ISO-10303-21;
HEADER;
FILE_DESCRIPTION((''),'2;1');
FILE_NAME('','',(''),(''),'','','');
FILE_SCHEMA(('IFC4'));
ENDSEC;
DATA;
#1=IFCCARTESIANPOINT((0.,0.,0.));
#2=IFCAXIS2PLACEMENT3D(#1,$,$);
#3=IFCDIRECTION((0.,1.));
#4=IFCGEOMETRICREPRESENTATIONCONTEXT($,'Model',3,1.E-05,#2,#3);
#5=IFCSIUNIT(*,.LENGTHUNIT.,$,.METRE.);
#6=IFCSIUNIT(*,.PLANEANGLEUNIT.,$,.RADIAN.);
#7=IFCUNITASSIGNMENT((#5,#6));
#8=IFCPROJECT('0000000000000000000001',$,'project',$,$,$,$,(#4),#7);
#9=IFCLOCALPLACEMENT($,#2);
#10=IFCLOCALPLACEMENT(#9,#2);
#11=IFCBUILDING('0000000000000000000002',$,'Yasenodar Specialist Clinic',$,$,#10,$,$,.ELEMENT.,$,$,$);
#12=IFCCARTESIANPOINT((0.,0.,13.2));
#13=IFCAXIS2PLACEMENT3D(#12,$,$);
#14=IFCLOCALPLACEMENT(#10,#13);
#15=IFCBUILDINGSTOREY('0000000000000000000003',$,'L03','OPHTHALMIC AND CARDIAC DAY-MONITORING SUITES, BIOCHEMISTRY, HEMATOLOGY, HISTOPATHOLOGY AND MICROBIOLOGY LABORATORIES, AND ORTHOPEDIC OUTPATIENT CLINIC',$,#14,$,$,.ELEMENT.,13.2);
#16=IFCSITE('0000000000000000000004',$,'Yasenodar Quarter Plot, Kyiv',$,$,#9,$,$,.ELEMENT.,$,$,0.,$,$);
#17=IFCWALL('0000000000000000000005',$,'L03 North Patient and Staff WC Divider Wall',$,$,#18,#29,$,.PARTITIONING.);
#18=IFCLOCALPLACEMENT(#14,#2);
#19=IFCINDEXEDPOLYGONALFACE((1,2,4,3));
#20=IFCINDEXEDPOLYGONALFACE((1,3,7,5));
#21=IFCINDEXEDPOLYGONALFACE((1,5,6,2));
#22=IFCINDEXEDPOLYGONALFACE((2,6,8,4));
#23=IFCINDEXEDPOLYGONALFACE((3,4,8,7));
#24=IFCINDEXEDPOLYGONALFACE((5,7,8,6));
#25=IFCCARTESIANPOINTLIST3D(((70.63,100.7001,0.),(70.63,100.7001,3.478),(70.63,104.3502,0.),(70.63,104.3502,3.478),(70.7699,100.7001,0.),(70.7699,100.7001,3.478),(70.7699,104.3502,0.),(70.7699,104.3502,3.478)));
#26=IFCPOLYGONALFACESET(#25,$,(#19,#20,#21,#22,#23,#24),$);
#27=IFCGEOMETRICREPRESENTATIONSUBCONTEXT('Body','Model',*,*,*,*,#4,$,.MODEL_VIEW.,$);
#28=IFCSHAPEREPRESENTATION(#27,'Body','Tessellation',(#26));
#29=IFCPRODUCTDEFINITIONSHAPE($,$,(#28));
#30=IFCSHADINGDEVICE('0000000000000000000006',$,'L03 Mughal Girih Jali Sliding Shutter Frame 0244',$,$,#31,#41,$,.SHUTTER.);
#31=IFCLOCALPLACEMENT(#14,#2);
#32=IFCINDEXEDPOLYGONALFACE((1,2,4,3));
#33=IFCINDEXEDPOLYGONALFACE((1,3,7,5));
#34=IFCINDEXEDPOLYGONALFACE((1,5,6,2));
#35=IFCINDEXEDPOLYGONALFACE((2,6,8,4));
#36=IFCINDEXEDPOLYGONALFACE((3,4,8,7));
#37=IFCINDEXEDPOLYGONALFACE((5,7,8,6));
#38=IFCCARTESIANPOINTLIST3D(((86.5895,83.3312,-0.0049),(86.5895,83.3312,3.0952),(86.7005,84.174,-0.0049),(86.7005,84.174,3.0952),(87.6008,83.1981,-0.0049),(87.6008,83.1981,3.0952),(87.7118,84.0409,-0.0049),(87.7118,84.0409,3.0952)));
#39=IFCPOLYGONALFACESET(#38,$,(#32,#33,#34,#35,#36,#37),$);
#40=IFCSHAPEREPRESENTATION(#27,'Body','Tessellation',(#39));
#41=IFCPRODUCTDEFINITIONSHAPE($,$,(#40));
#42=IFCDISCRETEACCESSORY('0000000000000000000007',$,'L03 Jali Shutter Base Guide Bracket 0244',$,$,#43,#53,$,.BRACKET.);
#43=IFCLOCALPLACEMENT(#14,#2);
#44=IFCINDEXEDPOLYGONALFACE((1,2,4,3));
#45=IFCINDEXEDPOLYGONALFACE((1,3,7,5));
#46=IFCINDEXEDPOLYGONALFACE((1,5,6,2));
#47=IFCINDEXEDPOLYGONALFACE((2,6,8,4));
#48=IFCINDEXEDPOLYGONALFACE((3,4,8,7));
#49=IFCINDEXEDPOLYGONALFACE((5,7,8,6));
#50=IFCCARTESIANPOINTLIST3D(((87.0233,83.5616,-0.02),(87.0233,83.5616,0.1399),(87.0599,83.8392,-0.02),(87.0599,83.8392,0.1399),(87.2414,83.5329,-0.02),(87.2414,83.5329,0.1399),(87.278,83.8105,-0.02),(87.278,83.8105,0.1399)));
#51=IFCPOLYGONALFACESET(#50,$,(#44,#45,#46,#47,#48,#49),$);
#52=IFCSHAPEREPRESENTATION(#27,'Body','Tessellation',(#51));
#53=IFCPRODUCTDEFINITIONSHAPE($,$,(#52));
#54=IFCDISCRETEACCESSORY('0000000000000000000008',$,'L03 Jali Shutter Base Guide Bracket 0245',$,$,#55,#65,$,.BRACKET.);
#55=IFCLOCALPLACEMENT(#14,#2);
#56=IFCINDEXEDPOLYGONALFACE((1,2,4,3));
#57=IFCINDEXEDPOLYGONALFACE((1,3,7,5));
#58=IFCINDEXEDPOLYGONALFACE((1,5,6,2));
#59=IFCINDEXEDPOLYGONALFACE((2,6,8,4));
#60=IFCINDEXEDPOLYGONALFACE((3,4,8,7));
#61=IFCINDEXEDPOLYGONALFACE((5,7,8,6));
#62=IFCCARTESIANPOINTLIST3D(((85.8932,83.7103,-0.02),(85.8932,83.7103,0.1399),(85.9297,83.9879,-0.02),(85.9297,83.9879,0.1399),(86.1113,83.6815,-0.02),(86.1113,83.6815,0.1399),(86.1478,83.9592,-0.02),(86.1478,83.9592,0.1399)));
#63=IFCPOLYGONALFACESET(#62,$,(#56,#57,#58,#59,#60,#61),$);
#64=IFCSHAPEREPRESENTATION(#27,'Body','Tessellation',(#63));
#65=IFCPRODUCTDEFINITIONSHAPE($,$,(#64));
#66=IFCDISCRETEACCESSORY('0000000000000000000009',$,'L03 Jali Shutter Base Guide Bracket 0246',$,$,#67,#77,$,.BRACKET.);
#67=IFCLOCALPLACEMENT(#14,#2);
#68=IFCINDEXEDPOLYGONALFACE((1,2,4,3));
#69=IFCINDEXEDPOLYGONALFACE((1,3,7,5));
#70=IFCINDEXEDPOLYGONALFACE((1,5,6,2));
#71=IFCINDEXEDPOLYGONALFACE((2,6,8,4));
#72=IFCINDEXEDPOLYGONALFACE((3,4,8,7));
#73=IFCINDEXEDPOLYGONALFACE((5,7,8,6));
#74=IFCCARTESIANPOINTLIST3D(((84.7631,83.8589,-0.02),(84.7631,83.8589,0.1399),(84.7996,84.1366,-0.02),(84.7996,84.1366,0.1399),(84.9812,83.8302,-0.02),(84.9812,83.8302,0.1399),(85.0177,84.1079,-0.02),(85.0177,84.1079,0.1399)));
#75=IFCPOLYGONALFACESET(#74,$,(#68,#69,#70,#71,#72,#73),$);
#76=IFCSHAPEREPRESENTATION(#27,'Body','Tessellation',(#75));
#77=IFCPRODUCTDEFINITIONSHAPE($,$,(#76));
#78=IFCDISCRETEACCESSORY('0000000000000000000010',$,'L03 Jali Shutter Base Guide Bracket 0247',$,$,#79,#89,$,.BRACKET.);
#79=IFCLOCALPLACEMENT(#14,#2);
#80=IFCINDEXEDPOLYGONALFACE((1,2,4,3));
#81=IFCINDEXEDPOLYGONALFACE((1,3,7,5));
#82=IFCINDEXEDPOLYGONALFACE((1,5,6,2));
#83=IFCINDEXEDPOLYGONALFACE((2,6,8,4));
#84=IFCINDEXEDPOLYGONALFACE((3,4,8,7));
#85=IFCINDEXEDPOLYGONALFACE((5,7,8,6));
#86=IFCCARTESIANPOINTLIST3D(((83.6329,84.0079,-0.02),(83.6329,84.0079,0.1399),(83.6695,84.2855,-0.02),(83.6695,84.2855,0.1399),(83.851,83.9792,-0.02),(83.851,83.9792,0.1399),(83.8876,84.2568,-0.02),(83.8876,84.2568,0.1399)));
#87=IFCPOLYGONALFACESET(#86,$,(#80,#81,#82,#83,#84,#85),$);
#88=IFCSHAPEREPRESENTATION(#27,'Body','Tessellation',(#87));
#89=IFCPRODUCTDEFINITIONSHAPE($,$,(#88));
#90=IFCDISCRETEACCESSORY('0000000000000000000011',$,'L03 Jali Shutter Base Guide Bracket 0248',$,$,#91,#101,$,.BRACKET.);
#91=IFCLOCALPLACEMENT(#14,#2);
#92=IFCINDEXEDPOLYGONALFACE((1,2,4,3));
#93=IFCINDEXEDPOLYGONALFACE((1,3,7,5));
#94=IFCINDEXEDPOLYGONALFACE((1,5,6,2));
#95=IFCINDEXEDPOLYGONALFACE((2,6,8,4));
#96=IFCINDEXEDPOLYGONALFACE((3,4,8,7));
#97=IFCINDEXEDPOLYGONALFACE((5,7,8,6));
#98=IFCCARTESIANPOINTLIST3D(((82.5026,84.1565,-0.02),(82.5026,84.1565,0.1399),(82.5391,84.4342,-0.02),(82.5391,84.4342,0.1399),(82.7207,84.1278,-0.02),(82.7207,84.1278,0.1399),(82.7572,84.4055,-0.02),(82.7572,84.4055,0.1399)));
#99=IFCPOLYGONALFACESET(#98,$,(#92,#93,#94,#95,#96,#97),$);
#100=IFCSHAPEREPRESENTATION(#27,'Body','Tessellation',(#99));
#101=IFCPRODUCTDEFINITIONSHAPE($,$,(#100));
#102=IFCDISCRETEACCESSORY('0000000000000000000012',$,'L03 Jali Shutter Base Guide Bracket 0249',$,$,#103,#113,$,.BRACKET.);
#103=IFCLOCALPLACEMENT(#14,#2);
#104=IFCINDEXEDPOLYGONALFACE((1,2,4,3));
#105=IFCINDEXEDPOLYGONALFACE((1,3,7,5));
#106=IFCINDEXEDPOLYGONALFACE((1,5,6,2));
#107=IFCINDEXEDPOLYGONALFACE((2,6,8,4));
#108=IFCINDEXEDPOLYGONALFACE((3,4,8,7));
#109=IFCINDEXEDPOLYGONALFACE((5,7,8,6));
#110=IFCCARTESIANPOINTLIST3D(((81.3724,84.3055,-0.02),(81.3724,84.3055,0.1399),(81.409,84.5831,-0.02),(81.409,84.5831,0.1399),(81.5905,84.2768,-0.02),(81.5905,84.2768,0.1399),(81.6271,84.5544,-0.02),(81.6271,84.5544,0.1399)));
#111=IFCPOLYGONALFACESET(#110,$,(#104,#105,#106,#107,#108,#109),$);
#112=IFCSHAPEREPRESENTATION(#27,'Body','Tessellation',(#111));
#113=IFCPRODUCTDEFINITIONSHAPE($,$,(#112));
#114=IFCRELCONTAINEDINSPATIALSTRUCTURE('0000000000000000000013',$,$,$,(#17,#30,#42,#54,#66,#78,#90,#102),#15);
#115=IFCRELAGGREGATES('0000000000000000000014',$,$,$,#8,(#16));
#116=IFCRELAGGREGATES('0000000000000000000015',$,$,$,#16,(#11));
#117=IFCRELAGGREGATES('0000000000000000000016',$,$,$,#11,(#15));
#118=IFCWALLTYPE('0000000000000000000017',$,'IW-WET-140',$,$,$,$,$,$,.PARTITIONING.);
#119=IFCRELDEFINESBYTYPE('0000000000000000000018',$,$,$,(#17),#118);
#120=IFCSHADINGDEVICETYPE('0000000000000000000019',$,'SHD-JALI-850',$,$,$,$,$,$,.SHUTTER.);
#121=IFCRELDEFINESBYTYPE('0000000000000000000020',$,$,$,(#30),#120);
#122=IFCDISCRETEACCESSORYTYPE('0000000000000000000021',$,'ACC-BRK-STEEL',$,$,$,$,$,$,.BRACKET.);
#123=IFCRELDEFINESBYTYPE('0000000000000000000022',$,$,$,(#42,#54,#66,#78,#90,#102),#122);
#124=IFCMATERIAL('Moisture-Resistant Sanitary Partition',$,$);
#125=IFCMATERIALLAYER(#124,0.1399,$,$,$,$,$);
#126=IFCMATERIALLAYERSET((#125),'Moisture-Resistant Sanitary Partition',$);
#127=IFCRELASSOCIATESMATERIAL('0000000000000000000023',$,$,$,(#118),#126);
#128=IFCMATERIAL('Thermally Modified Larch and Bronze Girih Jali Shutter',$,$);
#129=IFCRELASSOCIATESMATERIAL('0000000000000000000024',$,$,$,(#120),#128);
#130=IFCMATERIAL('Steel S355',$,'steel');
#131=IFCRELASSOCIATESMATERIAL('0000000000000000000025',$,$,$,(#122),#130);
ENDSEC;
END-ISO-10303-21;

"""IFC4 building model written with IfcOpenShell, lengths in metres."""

from ifc_helpers import new_model, si_unit, direction, frame, frame_2d, origin, origin_2d, place, context, subcontext, project, spatial, rectangle, extrude, material, layer, layer_set, type_object, element, save


model = new_model("IFC4")

# Units and contexts
model_context = context("Model", 3, precision=1e-05, world=origin(), true_north=direction((0.0, 1.0)))
body_context = subcontext(model_context, "Body", "Model", "MODEL_VIEW")
ifc_project = project(units=[si_unit("LENGTHUNIT", "METRE"), si_unit("PLANEANGLEUNIT", "RADIAN")], contexts=[model_context])

# Site, building, storey
site_placement = place(None, origin())
site = spatial("IfcSite", under=ifc_project, at=site_placement, Name="Yasenodar Quarter Plot, Kyiv", CompositionType="ELEMENT", RefElevation=0.0)
building_placement = place(site_placement, origin())
building = spatial("IfcBuilding", under=site, at=building_placement, Name="Yasenodar Specialist Clinic", CompositionType="ELEMENT")
storey_placement = place(building_placement, frame((0.0, 0.0, 13.2)))
storey = spatial("IfcBuildingStorey", under=building, at=storey_placement, Name="L03", Description="OPHTHALMIC AND CARDIAC DAY-MONITORING SUITES, BIOCHEMISTRY, HEMATOLOGY, HISTOPATHOLOGY AND MICROBIOLOGY LABORATORIES, AND ORTHOPEDIC OUTPATIENT CLINIC", CompositionType="ELEMENT", Elevation=13.2)

# Shared definitions
ifc_material_1 = material(Name="Steel S355", Category="steel")

# Wall
ifc_material_2 = material(Name="Moisture-Resistant Sanitary Partition")
ifc_layer_1 = layer(ifc_material_2, 0.1399)
ifc_layer_set_1 = layer_set([ifc_layer_1], Name="Moisture-Resistant Sanitary Partition")
wall_type_1 = type_object("IfcWallType", Name="IW-WET-140", PredefinedType="PARTITIONING", material=ifc_layer_set_1)
for number, where, z_axis, x_axis, name in (
    (1, (70.7, 100.7, 0.0), (0.0, 0.0, 1.0), (0.0, 1.0, 0.0), "L03 North Patient and Staff WC Divider Wall"),
):
    element("IfcWall", number, at=place(storey_placement, frame(where, z_axis=z_axis, x_axis=x_axis)), inside=storey, type_object=wall_type_1, Name=name, PredefinedType="PARTITIONING", context=body_context, shape_type="SweptSolid", body=[
        extrude(rectangle(XDim=3.6501, YDim=0.1399, at=frame_2d((1.8252, 0.0))), origin(), (0.0, 0.0, 1.0), 3.478),
    ])

# Shading device
ifc_material_3 = material(Name="Thermally Modified Larch and Bronze Girih Jali Shutter")
shading_device_type = type_object("IfcShadingDeviceType", Name="SHD-JALI-850", PredefinedType="SHUTTER", material=ifc_material_3)
shading_device_placement = place(storey_placement, frame((87.1506, 83.686, -0.0049), z_axis=(0.0, 0.0, 1.0), x_axis=(-0.991446, 0.130519, 0.0)))
element("IfcShadingDevice", 2, at=shading_device_placement, inside=storey, type_object=shading_device_type, Name="L03 Mughal Girih Jali Sliding Shutter Frame 0244", PredefinedType="SHUTTER", context=body_context, shape_type="SweptSolid", body=[
    extrude(rectangle(XDim=1.02, YDim=0.8501, at=origin_2d()), origin(), (0.0, 0.0, 1.0), 3.1001),
])

# Discrete accessories
discrete_accessory_type = type_object("IfcDiscreteAccessoryType", Name="ACC-BRK-STEEL", PredefinedType="BRACKET", material=ifc_material_1)
for number, where, z_axis, x_axis, name in (
    (3, (87.1506, 83.686, -0.02), (0.0, 0.0, 1.0), (-0.991446, 0.130519, 0.0), "L03 Jali Shutter Base Guide Bracket 0244"),
    (4, (86.0205, 83.8347, -0.02), (0.0, 0.0, 1.0), (-0.991446, 0.130519, 0.0), "L03 Jali Shutter Base Guide Bracket 0245"),
    (5, (84.8904, 83.9834, -0.02), (0.0, 0.0, 1.0), (-0.991446, 0.130519, 0.0), "L03 Jali Shutter Base Guide Bracket 0246"),
    (6, (83.7603, 84.1323, -0.02), (0.0, 0.0, 1.0), (-0.991446, 0.130519, 0.0), "L03 Jali Shutter Base Guide Bracket 0247"),
    (7, (82.6299, 84.281, -0.02), (0.0, 0.0, 1.0), (-0.991446, 0.130519, 0.0), "L03 Jali Shutter Base Guide Bracket 0248"),
    (8, (81.4998, 84.4299, -0.02), (0.0, 0.0, 1.0), (-0.991446, 0.130519, 0.0), "L03 Jali Shutter Base Guide Bracket 0249"),
):
    element("IfcDiscreteAccessory", number, at=place(storey_placement, frame(where, z_axis=z_axis, x_axis=x_axis)), inside=storey, type_object=discrete_accessory_type, Name=name, PredefinedType="BRACKET", context=body_context, shape_type="SweptSolid", body=[
        extrude(rectangle(XDim=0.22, YDim=0.28, at=origin_2d()), origin(), (0.0, 0.0, 1.0), 0.1599),
    ])

save(model, "model.ifc")
